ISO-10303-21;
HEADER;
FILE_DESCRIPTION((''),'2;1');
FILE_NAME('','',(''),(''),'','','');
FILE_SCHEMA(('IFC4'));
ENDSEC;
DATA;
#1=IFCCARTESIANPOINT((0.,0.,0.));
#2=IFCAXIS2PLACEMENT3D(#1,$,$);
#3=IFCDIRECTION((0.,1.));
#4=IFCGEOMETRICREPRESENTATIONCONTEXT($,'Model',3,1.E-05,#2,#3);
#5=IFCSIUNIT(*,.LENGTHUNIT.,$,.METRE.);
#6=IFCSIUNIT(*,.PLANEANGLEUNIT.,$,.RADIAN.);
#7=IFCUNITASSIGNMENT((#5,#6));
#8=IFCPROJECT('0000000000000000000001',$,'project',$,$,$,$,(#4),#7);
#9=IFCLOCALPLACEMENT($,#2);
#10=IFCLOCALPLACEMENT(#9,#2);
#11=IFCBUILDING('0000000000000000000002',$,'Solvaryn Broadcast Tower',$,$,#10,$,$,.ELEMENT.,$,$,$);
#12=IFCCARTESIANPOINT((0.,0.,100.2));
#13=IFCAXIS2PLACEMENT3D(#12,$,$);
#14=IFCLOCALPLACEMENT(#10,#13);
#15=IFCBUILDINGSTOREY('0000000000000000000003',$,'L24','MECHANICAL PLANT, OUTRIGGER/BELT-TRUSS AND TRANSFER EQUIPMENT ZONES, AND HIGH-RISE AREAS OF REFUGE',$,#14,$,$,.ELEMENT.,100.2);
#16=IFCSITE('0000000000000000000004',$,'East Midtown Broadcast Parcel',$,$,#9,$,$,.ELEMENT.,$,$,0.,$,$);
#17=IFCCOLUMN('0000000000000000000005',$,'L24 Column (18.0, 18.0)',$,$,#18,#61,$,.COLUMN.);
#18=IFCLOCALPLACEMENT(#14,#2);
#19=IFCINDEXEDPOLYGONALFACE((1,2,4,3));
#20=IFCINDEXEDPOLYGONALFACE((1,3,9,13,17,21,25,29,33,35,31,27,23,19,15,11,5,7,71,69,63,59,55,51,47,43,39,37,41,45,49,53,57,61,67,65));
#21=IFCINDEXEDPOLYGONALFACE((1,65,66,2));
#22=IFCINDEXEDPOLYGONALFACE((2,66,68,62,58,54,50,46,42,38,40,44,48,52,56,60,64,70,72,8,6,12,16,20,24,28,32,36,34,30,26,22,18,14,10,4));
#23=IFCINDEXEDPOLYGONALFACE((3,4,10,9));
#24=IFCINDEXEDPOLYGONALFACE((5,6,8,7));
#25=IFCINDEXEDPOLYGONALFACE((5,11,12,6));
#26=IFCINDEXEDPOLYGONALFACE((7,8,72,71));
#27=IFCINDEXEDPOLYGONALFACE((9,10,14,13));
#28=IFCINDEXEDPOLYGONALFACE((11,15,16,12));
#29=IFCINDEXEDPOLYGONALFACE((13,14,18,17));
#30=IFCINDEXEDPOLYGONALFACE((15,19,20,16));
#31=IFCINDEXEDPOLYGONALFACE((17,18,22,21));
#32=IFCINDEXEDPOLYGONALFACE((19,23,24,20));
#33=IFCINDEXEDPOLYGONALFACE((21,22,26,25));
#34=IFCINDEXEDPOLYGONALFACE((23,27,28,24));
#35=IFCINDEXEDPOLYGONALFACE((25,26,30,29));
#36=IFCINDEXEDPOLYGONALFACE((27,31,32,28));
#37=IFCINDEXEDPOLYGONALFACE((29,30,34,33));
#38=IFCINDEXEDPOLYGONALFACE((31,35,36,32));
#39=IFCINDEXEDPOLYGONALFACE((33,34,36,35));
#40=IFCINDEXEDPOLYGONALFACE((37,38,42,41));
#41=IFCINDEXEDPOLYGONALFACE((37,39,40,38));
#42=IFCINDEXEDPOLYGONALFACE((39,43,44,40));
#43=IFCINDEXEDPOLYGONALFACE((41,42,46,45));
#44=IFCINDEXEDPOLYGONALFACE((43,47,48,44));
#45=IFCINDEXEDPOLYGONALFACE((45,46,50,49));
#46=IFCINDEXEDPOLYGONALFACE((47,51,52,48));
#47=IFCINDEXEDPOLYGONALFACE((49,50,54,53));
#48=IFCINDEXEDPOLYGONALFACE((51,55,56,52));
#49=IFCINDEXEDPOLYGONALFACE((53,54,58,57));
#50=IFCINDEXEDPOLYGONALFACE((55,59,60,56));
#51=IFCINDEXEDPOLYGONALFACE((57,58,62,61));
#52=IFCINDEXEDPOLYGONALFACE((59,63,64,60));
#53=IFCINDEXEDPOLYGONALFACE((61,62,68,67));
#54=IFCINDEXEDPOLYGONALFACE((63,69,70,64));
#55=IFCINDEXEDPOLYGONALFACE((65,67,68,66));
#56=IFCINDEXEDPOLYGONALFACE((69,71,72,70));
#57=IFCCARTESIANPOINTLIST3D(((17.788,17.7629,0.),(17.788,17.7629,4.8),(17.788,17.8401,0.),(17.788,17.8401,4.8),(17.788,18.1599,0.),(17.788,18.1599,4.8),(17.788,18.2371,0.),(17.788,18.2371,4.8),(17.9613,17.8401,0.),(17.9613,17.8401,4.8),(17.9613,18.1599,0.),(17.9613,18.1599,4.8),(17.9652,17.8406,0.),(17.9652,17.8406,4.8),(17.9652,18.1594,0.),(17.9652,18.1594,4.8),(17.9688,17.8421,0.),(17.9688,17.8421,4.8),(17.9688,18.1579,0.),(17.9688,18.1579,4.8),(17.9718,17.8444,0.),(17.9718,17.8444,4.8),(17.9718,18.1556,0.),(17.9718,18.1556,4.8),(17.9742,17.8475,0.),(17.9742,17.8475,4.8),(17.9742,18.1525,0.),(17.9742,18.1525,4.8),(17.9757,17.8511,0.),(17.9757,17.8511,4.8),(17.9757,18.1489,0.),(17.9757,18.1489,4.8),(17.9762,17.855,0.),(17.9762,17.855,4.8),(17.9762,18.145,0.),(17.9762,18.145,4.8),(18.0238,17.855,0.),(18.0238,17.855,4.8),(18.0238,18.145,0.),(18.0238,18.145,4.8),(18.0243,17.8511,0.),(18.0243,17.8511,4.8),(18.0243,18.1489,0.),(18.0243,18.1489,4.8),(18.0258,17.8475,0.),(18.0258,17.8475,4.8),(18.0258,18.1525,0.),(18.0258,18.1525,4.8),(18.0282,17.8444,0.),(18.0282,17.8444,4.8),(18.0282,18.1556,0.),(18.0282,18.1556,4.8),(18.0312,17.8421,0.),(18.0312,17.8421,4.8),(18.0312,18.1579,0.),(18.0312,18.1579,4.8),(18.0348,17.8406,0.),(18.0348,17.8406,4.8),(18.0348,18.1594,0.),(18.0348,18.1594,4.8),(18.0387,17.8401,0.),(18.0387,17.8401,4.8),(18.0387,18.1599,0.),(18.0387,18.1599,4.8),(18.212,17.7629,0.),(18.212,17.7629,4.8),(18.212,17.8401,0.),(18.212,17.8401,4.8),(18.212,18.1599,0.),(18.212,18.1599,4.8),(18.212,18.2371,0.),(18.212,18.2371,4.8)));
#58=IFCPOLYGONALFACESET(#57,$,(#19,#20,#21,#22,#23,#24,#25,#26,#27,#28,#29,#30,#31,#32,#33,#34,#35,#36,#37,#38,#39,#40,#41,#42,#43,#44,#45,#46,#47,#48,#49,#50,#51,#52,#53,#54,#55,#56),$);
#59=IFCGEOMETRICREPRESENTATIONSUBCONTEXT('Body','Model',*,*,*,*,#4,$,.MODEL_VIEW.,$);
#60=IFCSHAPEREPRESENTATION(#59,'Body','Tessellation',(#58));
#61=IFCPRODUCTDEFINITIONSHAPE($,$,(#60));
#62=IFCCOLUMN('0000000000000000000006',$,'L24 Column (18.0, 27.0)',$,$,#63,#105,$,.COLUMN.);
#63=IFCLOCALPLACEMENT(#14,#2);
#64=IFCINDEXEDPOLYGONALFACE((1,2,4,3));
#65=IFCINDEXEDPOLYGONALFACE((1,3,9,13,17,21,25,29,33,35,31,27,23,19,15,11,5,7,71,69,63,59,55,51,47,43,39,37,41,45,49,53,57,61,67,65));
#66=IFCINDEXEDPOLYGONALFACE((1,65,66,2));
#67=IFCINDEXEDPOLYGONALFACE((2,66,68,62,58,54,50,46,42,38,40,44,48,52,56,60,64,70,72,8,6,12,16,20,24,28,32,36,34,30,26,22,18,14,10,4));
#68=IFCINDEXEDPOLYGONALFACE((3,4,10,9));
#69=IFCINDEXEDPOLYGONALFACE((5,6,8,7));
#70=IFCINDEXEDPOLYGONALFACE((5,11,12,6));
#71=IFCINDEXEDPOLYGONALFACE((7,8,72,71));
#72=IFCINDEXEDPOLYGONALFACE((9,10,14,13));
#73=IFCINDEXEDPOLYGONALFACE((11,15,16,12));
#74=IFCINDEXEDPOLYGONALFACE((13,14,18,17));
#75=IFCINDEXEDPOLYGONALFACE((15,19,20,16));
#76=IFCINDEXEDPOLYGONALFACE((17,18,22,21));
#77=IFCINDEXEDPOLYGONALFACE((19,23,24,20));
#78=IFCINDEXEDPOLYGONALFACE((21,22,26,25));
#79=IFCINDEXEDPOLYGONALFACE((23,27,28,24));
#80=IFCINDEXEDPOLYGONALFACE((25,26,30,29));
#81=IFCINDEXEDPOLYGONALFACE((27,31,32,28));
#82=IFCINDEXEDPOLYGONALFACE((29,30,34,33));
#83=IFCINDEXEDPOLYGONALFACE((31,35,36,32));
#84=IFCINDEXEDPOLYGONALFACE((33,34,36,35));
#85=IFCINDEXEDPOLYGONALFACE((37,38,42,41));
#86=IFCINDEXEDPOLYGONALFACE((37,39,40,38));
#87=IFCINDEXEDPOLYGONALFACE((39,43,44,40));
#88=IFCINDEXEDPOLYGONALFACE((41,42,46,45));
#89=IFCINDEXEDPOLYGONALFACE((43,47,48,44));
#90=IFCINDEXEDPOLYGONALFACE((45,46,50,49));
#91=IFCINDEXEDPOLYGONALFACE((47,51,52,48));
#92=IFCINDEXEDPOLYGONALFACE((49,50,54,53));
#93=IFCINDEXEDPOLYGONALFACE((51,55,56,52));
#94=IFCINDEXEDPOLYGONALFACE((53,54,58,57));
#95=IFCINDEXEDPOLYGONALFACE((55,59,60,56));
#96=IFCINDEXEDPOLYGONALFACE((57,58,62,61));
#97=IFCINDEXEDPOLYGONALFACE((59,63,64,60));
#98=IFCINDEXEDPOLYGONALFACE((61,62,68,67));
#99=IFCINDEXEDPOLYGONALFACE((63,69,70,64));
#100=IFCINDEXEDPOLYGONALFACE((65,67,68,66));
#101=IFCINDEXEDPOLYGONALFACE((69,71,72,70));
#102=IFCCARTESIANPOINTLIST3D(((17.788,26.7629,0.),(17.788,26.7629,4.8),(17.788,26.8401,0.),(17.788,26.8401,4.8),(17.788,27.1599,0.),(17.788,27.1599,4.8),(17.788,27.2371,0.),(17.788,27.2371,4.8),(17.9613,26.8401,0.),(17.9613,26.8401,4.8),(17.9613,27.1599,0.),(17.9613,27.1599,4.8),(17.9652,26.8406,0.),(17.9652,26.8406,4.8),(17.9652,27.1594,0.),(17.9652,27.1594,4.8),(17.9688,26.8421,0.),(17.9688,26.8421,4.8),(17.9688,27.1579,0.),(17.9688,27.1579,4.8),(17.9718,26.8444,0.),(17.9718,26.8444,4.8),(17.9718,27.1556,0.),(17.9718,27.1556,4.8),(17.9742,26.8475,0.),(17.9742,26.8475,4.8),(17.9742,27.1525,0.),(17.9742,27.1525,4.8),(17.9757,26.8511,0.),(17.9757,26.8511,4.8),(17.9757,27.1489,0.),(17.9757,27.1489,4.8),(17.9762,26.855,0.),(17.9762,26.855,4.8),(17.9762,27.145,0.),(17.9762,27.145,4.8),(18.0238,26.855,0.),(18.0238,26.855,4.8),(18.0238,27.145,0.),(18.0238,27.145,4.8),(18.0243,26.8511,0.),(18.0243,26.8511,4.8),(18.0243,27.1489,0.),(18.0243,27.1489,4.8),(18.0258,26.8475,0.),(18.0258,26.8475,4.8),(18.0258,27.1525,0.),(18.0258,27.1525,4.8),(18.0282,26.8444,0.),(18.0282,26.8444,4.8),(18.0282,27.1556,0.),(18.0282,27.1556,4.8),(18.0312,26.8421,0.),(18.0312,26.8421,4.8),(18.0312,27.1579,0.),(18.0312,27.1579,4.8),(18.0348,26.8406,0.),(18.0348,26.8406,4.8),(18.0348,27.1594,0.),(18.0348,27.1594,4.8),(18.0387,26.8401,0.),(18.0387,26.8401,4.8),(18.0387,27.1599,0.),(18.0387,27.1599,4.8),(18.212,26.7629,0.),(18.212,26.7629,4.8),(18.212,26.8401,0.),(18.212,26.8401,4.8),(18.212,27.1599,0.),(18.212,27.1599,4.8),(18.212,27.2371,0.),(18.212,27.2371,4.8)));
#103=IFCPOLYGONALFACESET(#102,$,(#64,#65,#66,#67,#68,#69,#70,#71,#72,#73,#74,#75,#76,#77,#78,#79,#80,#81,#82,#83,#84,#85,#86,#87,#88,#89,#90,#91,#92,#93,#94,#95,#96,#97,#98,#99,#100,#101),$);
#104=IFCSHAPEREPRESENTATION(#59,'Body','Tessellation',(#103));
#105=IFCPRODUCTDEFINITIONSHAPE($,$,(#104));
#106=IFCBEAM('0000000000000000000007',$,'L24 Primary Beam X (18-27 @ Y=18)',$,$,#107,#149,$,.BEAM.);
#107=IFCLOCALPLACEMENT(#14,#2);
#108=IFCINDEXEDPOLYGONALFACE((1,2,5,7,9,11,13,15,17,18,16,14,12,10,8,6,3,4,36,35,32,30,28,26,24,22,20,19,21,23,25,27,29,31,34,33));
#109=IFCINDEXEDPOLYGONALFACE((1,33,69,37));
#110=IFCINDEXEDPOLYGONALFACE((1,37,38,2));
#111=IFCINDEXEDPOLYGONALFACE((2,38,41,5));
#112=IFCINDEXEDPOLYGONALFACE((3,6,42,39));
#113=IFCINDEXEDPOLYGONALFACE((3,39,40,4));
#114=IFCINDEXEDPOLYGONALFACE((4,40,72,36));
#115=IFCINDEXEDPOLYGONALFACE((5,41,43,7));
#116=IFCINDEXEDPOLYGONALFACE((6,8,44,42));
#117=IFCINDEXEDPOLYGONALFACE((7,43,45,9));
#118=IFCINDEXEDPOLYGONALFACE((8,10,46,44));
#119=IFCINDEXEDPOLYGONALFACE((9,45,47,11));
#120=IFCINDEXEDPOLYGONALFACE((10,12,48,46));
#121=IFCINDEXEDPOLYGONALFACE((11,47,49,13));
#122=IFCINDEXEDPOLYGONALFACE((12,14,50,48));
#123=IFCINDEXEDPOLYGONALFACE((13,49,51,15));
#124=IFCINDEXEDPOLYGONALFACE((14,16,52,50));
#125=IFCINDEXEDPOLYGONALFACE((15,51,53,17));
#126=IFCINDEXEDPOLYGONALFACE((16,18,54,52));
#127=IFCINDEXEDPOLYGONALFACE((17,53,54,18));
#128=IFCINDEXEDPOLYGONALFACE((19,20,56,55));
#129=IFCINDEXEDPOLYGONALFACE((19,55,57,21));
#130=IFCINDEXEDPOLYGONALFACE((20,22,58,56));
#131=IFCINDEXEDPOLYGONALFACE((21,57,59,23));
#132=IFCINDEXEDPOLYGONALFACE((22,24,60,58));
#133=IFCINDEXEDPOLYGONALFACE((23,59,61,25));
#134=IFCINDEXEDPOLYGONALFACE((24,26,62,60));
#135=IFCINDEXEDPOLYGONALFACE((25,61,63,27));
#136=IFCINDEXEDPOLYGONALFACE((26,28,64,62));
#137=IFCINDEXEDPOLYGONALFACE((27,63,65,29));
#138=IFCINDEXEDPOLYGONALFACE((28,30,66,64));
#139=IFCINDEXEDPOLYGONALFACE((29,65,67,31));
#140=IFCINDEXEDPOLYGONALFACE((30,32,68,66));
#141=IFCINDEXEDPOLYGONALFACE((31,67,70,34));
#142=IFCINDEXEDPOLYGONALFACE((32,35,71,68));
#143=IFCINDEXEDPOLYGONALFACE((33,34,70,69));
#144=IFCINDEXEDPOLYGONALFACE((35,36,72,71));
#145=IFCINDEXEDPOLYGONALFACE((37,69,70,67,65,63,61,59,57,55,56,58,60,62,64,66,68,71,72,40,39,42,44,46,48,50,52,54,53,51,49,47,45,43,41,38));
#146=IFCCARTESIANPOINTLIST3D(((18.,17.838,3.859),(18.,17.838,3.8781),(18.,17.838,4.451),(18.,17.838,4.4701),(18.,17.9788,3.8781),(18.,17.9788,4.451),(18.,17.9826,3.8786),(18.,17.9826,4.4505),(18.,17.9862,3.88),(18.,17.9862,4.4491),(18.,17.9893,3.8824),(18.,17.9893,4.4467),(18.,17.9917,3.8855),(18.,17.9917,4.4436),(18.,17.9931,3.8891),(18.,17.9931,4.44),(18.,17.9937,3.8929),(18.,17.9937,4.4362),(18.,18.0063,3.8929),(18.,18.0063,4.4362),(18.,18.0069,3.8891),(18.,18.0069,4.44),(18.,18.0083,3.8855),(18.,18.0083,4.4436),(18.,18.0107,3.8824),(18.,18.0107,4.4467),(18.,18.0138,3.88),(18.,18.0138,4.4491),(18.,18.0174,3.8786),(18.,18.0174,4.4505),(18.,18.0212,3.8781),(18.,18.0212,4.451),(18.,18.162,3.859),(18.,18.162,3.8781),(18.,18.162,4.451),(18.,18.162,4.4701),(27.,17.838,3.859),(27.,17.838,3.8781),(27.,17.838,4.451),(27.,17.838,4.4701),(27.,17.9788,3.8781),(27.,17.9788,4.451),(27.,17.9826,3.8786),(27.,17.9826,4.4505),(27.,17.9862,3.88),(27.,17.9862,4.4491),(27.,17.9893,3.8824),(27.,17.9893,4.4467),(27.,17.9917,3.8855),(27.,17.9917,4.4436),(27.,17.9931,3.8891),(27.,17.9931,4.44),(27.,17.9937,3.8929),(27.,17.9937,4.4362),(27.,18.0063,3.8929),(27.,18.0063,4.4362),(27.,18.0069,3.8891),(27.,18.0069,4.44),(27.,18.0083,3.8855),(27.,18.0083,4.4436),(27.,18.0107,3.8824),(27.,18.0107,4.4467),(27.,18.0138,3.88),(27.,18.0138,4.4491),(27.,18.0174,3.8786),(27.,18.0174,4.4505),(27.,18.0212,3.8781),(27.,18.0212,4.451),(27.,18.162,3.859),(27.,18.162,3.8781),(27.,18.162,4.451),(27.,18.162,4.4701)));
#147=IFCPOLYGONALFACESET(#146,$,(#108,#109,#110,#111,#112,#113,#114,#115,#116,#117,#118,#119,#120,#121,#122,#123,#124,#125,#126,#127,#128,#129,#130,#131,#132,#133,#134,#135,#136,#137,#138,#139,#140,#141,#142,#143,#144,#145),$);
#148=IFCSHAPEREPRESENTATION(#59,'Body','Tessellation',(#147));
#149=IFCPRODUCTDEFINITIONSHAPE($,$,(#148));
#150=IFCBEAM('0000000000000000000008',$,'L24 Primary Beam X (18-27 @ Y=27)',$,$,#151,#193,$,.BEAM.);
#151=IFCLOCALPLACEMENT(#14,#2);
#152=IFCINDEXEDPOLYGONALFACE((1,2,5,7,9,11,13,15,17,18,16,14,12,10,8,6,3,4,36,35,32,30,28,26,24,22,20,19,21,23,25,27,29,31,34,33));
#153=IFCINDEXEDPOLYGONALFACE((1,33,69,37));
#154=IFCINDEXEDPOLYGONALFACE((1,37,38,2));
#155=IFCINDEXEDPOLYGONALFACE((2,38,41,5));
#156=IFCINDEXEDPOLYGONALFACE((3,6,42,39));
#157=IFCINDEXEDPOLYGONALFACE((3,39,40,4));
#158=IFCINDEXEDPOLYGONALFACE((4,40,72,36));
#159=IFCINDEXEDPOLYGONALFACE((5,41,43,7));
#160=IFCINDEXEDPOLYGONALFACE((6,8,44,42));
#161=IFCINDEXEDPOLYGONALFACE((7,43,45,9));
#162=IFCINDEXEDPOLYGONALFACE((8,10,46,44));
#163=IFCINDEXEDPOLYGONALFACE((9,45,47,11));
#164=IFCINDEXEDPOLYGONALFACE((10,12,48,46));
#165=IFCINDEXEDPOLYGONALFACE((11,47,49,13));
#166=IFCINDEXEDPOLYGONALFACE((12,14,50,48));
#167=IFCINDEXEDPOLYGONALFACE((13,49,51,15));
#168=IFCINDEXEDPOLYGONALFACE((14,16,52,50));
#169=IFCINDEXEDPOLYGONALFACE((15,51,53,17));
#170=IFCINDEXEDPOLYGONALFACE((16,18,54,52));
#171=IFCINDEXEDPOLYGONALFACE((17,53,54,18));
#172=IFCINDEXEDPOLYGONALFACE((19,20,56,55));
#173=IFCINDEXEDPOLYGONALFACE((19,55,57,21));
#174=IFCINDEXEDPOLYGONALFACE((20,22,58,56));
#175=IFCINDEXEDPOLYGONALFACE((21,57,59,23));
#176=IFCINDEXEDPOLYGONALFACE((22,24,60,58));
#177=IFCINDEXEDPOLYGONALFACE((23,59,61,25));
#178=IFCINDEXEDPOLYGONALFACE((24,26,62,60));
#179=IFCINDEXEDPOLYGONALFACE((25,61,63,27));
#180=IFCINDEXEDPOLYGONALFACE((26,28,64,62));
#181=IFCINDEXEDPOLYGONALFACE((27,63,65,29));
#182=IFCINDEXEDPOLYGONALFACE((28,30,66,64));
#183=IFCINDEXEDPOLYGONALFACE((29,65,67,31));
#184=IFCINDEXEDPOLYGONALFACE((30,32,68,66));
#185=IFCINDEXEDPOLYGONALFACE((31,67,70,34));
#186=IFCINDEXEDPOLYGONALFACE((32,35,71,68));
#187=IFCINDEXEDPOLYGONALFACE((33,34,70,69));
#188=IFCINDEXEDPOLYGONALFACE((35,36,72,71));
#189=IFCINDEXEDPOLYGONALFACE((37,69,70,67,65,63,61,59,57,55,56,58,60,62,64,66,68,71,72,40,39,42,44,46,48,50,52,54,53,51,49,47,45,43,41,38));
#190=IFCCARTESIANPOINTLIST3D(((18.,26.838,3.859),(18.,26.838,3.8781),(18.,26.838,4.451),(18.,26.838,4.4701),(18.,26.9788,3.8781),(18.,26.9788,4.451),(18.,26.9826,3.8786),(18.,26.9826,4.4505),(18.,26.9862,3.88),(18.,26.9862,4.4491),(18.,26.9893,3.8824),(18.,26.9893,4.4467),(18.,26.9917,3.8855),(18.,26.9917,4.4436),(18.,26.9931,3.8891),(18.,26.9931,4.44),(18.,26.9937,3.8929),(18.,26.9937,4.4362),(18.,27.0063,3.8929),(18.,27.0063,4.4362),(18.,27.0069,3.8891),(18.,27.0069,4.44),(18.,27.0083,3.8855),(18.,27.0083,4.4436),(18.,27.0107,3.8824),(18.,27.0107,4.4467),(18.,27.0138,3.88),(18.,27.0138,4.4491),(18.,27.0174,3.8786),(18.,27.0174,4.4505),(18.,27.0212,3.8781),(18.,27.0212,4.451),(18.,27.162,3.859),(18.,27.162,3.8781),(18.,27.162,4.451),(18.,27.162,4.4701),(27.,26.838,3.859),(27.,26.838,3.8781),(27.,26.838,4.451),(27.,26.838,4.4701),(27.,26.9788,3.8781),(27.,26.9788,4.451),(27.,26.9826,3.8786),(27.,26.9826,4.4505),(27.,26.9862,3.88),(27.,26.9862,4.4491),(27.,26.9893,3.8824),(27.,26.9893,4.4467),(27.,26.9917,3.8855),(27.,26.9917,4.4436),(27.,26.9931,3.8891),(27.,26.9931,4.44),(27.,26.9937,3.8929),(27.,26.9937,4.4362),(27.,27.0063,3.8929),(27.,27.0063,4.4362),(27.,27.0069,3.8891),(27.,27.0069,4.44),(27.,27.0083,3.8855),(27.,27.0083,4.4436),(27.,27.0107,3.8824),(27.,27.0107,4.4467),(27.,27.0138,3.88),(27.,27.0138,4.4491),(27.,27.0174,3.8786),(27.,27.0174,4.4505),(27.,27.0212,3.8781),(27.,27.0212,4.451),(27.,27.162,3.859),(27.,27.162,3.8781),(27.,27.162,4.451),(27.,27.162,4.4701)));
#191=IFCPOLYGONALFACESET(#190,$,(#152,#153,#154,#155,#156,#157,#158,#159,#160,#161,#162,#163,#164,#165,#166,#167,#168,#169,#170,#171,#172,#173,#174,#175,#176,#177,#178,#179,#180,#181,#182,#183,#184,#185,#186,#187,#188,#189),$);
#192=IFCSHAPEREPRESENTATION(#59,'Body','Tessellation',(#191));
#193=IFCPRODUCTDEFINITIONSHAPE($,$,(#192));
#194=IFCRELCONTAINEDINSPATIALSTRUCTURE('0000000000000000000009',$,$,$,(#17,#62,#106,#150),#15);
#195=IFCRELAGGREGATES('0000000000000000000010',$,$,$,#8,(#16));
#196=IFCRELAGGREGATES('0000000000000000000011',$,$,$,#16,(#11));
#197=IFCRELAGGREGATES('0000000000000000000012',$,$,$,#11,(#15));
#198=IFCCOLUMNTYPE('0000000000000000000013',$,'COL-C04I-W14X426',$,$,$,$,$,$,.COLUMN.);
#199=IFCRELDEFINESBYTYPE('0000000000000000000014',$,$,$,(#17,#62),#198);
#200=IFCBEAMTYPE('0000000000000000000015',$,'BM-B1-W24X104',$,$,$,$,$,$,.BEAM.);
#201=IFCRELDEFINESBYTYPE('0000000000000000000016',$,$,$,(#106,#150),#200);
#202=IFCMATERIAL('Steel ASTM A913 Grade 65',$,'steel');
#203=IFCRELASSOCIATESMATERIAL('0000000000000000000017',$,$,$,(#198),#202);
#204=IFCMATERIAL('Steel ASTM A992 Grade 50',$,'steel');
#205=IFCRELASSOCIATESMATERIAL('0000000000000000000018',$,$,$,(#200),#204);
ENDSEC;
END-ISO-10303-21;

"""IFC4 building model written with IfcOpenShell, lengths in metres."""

from ifc_helpers import new_model, si_unit, direction, frame, origin, origin_2d, place, context, subcontext, project, spatial, i_section, extrude, material, material_profile, profile_set, type_object, element, save


model = new_model("IFC4")

# Units and contexts
model_context = context("Model", 3, precision=1e-05, world=origin(), true_north=direction((0.0, 1.0)))
body_context = subcontext(model_context, "Body", "Model", "MODEL_VIEW")
ifc_project = project(units=[si_unit("LENGTHUNIT", "METRE"), si_unit("PLANEANGLEUNIT", "RADIAN")], contexts=[model_context])

# Site, building, storey
site_placement = place(None, origin())
site = spatial("IfcSite", under=ifc_project, at=site_placement, Name="East Midtown Broadcast Parcel", CompositionType="ELEMENT", RefElevation=0.0)
building_placement = place(site_placement, origin())
building = spatial("IfcBuilding", under=site, at=building_placement, Name="Solvaryn Broadcast Tower", CompositionType="ELEMENT")
storey_placement = place(building_placement, frame((0.0, 0.0, 100.2)))
storey = spatial("IfcBuildingStorey", under=building, at=storey_placement, Name="L24", Description="MECHANICAL PLANT, OUTRIGGER/BELT-TRUSS AND TRANSFER EQUIPMENT ZONES, AND HIGH-RISE AREAS OF REFUGE", CompositionType="ELEMENT", Elevation=100.2)

# Columns
ifc_material_1 = material(Name="Steel ASTM A913 Grade 65", Category="steel")
ifc_material_profile_1 = material_profile(ifc_material_1, i_section(OverallWidth=0.4241, OverallDepth=0.4741, WebThickness=0.0476, FlangeThickness=0.0771, FilletRadius=0.0149, at=origin_2d()))
ifc_profile_set_1 = profile_set([ifc_material_profile_1], Name="Steel ASTM A913 Grade 65")
column_type = type_object("IfcColumnType", Name="COL-C04I-W14X426", PredefinedType="COLUMN", material=ifc_profile_set_1)
for number, where, z_axis, x_axis, name in (
    (1, (18.0, 18.0, 0.0), (0.0, 0.0, 1.0), (1.0, 0.0, 0.0), "L24 Column (18.0, 18.0)"),
    (2, (18.0, 27.0, 0.0), (0.0, 0.0, 1.0), (1.0, 0.0, 0.0), "L24 Column (18.0, 27.0)"),
):
    element("IfcColumn", number, at=place(storey_placement, frame(where, z_axis=z_axis, x_axis=x_axis)), inside=storey, type_object=column_type, Name=name, PredefinedType="COLUMN", context=body_context, shape_type="SweptSolid", body=[
        extrude(i_section(OverallWidth=0.4241, OverallDepth=0.4741, WebThickness=0.0476, FlangeThickness=0.0771, FilletRadius=0.0149, at=origin_2d()), origin(), (0.0, 0.0, 1.0), 4.8),
    ])

# Beams
ifc_material_2 = material(Name="Steel ASTM A992 Grade 50", Category="steel")
ifc_material_profile_2 = material_profile(ifc_material_2, i_section(OverallWidth=0.324, OverallDepth=0.6111, WebThickness=0.0127, FlangeThickness=0.019, FilletRadius=0.0149, at=origin_2d()))
ifc_profile_set_2 = profile_set([ifc_material_profile_2], Name="Steel ASTM A992 Grade 50")
beam_type_1 = type_object("IfcBeamType", Name="BM-B1-W24X104", PredefinedType="BEAM", material=ifc_profile_set_2)
for number, where, z_axis, x_axis, name in (
    (3, (18.0, 18.0, 4.1646), (1.0, 0.0, 0.0), (0.0, 1.0, 0.0), "L24 Primary Beam X (18-27 @ Y=18)"),
    (4, (18.0, 27.0, 4.1646), (1.0, 0.0, 0.0), (0.0, 1.0, 0.0), "L24 Primary Beam X (18-27 @ Y=27)"),
):
    element("IfcBeam", number, at=place(storey_placement, frame(where, z_axis=z_axis, x_axis=x_axis)), inside=storey, type_object=beam_type_1, Name=name, PredefinedType="BEAM", context=body_context, shape_type="SweptSolid", body=[
        extrude(i_section(OverallWidth=0.324, OverallDepth=0.6111, WebThickness=0.0127, FlangeThickness=0.019, FilletRadius=0.0149, at=origin_2d()), origin(), (0.0, 0.0, 1.0), 9.0),
    ])

save(model, "model.ifc")
